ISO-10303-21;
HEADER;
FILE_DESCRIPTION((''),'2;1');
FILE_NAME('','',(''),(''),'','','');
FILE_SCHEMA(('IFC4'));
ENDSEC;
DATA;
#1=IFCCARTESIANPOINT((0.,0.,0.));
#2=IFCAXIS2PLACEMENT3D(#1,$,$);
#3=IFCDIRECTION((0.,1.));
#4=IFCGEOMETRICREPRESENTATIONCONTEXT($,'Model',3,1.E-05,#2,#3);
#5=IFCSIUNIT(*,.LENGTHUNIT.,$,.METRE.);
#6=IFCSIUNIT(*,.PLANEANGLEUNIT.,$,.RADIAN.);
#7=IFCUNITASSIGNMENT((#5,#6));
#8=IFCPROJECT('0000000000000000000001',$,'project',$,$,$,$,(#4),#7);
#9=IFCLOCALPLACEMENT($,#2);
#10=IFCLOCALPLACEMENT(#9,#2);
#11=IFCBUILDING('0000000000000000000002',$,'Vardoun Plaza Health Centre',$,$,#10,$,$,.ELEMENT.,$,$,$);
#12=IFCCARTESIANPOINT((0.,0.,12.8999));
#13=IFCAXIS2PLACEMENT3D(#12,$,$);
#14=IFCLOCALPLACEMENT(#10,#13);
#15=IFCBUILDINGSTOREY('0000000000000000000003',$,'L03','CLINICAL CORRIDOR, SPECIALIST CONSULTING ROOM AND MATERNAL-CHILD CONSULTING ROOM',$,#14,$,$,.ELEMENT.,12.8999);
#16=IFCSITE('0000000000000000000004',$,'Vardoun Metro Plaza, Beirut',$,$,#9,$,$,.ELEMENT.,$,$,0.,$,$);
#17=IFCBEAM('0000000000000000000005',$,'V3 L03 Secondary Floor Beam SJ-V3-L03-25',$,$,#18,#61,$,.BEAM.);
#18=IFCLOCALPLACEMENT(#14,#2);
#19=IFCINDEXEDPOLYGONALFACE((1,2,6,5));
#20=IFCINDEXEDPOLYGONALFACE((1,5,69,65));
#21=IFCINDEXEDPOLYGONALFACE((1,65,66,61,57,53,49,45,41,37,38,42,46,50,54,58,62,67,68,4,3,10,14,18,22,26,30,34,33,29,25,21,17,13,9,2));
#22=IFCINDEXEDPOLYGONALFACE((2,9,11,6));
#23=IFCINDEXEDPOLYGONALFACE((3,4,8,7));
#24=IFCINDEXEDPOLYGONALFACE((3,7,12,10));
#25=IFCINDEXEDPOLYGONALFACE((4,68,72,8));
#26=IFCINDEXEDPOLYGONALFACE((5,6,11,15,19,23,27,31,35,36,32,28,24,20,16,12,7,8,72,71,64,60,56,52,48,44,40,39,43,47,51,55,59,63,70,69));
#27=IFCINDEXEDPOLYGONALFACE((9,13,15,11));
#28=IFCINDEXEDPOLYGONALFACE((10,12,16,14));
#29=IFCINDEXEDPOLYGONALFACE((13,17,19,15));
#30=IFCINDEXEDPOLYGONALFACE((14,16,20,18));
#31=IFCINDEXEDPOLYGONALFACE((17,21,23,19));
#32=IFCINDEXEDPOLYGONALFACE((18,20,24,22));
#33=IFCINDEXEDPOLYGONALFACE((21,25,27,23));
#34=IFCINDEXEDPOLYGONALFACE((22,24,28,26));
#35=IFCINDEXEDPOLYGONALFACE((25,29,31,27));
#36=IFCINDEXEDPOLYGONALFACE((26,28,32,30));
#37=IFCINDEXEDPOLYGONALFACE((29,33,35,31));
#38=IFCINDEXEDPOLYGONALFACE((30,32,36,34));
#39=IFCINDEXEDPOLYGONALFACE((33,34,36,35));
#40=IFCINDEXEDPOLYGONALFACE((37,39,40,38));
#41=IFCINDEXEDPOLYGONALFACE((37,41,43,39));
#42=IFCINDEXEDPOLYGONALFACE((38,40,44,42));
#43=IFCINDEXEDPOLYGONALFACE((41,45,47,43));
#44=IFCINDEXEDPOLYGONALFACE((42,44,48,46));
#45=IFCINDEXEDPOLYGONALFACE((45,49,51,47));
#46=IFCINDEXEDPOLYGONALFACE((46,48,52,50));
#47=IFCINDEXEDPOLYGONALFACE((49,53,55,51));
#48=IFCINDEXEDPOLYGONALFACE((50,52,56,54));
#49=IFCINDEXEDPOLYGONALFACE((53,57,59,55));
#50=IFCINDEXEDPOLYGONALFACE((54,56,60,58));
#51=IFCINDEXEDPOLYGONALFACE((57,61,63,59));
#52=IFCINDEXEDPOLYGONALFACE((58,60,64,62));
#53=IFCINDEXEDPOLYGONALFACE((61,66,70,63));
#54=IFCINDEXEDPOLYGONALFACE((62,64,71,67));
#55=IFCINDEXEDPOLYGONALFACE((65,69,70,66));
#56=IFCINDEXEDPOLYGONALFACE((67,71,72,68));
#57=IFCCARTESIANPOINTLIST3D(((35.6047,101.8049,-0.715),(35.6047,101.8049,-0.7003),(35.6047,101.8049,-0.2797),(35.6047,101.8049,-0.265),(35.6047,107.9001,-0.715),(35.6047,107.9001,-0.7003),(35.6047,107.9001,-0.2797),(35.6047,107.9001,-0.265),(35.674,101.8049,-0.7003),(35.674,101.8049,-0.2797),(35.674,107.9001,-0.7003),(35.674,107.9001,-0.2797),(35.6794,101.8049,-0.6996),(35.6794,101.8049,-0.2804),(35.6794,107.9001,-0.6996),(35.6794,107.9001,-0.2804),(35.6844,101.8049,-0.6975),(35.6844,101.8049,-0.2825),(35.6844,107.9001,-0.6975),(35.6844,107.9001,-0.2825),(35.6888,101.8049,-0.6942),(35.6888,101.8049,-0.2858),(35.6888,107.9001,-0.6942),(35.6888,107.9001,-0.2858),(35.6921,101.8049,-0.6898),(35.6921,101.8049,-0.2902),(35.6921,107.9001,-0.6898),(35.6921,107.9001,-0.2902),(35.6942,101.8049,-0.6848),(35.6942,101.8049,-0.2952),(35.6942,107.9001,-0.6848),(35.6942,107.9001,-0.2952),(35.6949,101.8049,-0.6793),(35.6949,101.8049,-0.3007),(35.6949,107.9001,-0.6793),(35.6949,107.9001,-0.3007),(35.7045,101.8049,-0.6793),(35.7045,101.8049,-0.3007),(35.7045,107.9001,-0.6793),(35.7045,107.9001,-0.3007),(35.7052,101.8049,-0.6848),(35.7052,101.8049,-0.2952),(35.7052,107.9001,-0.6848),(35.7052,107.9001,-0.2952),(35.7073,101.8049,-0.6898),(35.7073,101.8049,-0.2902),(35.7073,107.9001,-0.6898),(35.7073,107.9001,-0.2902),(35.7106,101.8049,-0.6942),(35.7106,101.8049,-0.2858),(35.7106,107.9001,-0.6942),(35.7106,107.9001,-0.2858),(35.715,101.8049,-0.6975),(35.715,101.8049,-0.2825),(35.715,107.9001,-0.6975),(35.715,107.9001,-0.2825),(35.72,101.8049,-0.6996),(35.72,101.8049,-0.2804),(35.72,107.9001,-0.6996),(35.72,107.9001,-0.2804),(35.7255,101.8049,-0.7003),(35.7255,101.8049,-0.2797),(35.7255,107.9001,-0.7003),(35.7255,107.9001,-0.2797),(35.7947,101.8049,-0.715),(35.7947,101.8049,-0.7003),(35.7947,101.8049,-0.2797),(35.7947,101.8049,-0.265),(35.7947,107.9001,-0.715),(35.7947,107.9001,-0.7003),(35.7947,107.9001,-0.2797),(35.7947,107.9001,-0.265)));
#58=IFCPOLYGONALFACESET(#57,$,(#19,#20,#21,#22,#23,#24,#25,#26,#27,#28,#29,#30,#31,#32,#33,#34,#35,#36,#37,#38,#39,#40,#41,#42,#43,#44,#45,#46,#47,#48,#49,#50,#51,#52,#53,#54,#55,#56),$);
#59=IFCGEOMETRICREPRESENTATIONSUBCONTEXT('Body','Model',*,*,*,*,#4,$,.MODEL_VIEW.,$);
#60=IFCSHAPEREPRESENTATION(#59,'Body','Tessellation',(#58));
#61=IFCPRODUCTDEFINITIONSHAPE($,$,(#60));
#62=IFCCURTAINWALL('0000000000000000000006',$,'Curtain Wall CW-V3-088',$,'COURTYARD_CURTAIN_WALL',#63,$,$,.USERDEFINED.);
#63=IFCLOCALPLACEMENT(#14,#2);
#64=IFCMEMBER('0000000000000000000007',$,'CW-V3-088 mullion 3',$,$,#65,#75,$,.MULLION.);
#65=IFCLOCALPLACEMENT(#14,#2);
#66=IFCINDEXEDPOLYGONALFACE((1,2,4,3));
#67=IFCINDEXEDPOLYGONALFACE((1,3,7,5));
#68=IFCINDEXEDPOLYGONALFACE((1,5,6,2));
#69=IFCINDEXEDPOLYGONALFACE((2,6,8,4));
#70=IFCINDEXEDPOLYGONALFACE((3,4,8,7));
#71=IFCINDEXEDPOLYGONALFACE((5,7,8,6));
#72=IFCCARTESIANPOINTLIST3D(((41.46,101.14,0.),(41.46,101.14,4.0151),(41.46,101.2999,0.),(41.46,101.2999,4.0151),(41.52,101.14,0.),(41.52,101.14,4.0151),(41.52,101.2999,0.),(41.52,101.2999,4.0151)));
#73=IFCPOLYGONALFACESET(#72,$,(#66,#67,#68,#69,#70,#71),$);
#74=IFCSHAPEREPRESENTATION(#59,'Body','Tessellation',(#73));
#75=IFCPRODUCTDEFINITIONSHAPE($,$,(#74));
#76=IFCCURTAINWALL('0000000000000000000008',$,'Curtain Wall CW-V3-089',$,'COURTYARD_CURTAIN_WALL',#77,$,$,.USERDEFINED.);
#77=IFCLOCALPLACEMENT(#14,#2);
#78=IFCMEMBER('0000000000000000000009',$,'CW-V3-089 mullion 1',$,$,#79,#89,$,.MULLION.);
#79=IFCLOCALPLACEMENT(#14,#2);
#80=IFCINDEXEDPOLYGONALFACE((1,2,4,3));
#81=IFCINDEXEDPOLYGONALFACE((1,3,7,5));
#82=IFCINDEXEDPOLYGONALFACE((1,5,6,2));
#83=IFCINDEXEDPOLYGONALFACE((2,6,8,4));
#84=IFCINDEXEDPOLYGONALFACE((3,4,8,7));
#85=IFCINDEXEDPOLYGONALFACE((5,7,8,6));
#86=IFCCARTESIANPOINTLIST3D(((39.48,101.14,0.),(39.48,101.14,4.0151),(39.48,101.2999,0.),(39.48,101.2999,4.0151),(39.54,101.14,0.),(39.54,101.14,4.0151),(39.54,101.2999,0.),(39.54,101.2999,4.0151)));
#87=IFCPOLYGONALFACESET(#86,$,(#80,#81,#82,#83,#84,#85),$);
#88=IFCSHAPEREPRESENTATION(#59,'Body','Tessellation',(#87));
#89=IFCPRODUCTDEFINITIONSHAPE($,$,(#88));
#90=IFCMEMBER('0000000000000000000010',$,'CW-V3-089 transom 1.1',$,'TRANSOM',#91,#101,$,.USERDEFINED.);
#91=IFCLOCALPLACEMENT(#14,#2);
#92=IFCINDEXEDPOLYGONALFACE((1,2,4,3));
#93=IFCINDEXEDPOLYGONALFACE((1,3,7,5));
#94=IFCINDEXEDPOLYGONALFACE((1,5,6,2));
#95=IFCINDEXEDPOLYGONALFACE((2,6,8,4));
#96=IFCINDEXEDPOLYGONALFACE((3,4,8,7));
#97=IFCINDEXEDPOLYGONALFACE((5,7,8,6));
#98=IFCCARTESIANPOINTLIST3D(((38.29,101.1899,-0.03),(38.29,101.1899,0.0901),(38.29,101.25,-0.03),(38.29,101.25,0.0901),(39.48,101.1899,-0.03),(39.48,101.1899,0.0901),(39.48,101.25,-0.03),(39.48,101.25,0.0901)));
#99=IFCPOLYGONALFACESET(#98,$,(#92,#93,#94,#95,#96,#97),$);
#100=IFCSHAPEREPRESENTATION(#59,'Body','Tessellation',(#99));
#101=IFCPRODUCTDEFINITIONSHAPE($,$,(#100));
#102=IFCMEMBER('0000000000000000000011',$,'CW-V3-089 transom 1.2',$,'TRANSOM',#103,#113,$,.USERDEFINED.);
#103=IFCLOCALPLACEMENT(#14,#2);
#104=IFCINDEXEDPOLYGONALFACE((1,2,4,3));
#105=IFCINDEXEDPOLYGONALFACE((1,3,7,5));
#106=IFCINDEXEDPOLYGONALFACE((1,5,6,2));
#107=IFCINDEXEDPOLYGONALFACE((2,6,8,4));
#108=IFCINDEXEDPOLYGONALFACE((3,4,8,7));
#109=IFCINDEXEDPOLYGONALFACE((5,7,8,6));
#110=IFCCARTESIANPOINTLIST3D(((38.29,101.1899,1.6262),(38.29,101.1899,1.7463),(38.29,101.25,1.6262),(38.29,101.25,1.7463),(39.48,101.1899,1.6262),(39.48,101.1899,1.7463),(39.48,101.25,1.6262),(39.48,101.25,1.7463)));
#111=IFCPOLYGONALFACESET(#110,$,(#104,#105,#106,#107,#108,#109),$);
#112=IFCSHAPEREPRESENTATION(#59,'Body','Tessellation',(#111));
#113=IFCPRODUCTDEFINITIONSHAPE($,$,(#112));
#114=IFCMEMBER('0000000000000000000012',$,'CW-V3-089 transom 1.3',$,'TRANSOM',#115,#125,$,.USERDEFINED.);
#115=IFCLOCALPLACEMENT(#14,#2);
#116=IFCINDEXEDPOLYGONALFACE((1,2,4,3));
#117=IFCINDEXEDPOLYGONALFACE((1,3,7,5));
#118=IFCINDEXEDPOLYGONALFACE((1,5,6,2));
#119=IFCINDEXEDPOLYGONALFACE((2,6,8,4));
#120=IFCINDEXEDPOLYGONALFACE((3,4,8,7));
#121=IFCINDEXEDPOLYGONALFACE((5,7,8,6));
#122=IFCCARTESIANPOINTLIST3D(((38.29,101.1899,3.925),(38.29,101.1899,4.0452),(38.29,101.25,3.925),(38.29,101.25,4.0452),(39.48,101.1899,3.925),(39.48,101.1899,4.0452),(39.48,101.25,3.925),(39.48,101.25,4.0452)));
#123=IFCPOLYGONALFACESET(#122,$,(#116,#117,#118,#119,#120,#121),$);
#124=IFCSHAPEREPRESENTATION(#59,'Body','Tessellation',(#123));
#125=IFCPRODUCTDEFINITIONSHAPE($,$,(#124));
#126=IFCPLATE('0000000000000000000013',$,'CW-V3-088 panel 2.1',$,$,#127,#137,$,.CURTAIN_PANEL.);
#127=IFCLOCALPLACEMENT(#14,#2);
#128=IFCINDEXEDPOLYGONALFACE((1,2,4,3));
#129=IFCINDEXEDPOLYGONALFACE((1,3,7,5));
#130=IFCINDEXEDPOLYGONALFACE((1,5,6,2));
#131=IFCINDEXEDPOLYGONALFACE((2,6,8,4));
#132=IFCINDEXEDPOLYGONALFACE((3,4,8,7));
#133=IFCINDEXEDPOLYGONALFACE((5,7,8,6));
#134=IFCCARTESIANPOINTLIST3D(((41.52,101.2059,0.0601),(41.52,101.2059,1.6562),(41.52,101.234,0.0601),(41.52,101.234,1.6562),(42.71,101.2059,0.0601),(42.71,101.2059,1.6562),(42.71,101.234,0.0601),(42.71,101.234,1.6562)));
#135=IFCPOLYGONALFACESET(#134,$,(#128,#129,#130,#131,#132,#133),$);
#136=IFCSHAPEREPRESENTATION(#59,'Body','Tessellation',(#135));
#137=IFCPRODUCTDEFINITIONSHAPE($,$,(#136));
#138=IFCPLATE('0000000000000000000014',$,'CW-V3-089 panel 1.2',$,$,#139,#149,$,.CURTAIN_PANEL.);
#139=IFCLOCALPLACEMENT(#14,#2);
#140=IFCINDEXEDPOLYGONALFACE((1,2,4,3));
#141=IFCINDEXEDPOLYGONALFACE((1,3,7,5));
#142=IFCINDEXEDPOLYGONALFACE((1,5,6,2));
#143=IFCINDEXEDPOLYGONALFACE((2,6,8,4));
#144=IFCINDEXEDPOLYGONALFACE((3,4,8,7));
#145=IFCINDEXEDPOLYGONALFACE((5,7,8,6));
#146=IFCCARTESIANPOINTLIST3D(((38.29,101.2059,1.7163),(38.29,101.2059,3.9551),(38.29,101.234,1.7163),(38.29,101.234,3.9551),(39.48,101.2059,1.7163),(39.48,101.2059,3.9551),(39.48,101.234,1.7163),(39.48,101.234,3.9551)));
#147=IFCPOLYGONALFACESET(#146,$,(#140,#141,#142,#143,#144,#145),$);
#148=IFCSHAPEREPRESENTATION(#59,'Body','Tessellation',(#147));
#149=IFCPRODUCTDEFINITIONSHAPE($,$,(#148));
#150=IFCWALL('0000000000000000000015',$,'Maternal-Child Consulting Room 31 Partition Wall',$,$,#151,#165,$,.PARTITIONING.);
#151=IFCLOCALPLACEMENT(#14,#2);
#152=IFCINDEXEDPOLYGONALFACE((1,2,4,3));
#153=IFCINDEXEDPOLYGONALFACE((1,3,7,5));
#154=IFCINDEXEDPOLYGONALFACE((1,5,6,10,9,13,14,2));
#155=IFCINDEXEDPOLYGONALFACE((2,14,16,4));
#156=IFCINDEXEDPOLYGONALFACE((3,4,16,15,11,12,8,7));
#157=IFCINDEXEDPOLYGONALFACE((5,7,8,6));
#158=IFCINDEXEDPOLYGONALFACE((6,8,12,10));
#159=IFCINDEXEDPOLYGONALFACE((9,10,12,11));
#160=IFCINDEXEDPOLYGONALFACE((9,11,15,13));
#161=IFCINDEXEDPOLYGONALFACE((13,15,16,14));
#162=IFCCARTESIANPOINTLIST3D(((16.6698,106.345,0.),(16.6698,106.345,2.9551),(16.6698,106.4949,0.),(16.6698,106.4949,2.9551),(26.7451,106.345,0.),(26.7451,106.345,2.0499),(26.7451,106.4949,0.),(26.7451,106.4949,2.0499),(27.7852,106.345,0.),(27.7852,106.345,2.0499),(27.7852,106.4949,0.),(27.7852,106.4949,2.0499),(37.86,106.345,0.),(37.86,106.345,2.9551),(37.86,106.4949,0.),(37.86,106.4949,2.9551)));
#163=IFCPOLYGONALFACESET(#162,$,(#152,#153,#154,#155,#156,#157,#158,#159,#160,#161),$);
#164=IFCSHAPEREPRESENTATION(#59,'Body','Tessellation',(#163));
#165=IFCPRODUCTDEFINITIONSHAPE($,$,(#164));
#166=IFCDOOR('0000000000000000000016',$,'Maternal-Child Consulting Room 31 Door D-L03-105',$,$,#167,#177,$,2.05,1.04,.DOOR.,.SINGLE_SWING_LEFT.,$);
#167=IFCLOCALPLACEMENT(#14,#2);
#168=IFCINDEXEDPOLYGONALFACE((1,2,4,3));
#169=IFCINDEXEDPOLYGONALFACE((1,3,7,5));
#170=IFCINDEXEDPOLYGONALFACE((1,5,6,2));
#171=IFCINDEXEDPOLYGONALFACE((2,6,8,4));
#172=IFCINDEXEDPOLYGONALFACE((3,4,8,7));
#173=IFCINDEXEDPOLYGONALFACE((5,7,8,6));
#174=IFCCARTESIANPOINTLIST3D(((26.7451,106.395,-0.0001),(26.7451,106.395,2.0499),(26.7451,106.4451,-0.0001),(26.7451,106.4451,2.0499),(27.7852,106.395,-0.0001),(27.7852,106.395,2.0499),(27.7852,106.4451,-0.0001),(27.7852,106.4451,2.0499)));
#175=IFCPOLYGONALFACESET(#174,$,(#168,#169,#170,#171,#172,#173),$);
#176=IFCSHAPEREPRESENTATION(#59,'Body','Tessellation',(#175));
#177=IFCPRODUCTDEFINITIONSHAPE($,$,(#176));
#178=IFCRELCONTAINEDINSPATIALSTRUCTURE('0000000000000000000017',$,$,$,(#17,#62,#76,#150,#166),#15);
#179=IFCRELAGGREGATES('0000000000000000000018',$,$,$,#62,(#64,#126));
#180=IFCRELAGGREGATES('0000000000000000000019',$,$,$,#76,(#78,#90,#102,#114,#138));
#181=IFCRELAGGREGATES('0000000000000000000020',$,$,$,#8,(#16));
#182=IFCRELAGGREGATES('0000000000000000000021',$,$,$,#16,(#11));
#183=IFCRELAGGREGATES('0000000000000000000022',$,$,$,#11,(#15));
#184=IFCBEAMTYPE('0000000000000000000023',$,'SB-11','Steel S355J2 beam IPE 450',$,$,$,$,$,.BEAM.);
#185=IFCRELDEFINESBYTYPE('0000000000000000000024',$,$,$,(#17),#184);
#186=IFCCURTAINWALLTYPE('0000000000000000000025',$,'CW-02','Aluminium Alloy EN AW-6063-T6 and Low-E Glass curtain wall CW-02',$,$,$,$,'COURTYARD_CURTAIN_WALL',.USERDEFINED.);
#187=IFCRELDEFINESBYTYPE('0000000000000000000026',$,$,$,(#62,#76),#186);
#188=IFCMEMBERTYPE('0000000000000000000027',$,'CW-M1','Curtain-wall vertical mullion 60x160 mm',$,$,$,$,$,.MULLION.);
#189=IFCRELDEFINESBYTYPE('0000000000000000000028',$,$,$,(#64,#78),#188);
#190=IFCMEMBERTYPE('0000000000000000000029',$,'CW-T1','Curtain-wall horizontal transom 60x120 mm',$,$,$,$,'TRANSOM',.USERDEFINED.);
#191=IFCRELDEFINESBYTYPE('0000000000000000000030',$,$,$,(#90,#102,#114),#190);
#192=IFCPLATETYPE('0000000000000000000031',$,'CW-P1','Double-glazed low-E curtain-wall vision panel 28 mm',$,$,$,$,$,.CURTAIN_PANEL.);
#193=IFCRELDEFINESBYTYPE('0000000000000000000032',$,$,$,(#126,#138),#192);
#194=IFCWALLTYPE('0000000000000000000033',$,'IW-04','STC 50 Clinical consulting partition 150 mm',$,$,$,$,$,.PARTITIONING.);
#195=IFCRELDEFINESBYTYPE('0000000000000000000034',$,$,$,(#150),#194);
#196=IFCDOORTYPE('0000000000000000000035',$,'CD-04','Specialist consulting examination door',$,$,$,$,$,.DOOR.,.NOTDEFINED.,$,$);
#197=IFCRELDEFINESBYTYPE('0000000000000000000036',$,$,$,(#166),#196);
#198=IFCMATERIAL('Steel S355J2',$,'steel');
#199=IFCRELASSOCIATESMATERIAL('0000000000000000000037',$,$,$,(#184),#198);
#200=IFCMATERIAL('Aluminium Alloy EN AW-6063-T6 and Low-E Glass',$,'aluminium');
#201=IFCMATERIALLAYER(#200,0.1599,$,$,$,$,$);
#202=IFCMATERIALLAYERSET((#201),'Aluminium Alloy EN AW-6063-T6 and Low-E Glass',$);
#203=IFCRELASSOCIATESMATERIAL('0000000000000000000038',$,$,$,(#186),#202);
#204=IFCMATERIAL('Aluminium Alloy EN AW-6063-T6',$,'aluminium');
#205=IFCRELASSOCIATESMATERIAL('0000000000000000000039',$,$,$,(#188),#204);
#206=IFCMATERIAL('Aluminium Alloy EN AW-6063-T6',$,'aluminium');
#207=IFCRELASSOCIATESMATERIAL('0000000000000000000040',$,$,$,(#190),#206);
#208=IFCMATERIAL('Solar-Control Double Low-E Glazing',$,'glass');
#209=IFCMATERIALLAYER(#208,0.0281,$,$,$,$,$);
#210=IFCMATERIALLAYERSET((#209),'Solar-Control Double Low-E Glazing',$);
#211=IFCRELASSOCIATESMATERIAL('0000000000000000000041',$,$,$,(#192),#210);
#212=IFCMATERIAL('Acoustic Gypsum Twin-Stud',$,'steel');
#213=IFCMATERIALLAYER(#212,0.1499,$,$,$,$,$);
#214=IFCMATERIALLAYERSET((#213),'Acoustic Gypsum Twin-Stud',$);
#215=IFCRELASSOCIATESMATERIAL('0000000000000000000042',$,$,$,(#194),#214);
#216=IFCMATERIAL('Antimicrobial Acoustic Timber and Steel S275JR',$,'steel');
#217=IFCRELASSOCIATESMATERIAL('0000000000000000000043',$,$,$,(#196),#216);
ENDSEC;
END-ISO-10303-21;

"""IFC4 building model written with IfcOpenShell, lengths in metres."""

from ifc_helpers import new_model, si_unit, direction, frame, frame_2d, origin, origin_2d, place, context, subcontext, project, spatial, rectangle, i_section, extrude, material, layer, layer_set, material_profile, profile_set, type_object, element, fill, aggregate, save


model = new_model("IFC4")

# Units and contexts
model_context = context("Model", 3, precision=1e-05, world=origin(), true_north=direction((0.0, 1.0)))
body_context = subcontext(model_context, "Body", "Model", "MODEL_VIEW")
ifc_project = project(units=[si_unit("LENGTHUNIT", "METRE"), si_unit("PLANEANGLEUNIT", "RADIAN")], contexts=[model_context])

# Site, building, storey
site_placement = place(None, origin())
site = spatial("IfcSite", under=ifc_project, at=site_placement, Name="Vardoun Metro Plaza, Beirut", CompositionType="ELEMENT", RefElevation=0.0)
building_placement = place(site_placement, origin())
building = spatial("IfcBuilding", under=site, at=building_placement, Name="Vardoun Plaza Health Centre", CompositionType="ELEMENT")
storey_placement = place(building_placement, frame((0.0, 0.0, 12.8999)))
storey = spatial("IfcBuildingStorey", under=building, at=storey_placement, Name="L03", Description="CLINICAL CORRIDOR, SPECIALIST CONSULTING ROOM AND MATERNAL-CHILD CONSULTING ROOM", CompositionType="ELEMENT", Elevation=12.8999)

# Beam
ifc_material_1 = material(Name="Steel S355J2", Category="steel")
ifc_material_profile_1 = material_profile(ifc_material_1, i_section(OverallWidth=0.1899, OverallDepth=0.45, WebThickness=0.0095, FlangeThickness=0.0146, FilletRadius=0.021, at=origin_2d()), Name="IPE 450")
ifc_profile_set_1 = profile_set([ifc_material_profile_1], Name="Steel S355J2")
beam_type_1 = type_object("IfcBeamType", Name="SB-11", Description="Steel S355J2 beam IPE 450", PredefinedType="BEAM", material=ifc_profile_set_1)
beam_1_placement = place(storey_placement, frame((35.6997, 101.8049, -0.49), z_axis=(0.0, 1.0, 0.0), x_axis=(-1.0, 0.0, 0.0)))
element("IfcBeam", 1, at=beam_1_placement, inside=storey, type_object=beam_type_1, Name="V3 L03 Secondary Floor Beam SJ-V3-L03-25", PredefinedType="BEAM", context=body_context, shape_type="SweptSolid", body=[
    extrude(i_section(OverallWidth=0.1899, OverallDepth=0.45, WebThickness=0.0095, FlangeThickness=0.0146, FilletRadius=0.021, at=origin_2d()), origin(), (0.0, 0.0, 1.0), 6.0952),
])

# Curtain wall, member
ifc_material_2 = material(Name="Aluminium Alloy EN AW-6063-T6 and Low-E Glass", Category="aluminium")
ifc_layer_1 = layer(ifc_material_2, 0.1599)
ifc_layer_set_1 = layer_set([ifc_layer_1], Name="Aluminium Alloy EN AW-6063-T6 and Low-E Glass")
curtain_wall_type = type_object("IfcCurtainWallType", Name="CW-02", Description="Aluminium Alloy EN AW-6063-T6 and Low-E Glass curtain wall CW-02", ElementType="COURTYARD_CURTAIN_WALL", PredefinedType="USERDEFINED", material=ifc_layer_set_1)
curtain_wall_1_placement = place(storey_placement, origin())
curtain_wall_1 = element("IfcCurtainWall", 2, at=curtain_wall_1_placement, inside=storey, type_object=curtain_wall_type, Name="Curtain Wall CW-V3-088", ObjectType="COURTYARD_CURTAIN_WALL", PredefinedType="USERDEFINED")
ifc_material_3 = material(Name="Aluminium Alloy EN AW-6063-T6", Category="aluminium")
ifc_material_profile_2 = material_profile(ifc_material_3, rectangle(XDim=0.1599, YDim=0.0601, at=origin_2d()), Name="CWM 60x160")
ifc_profile_set_2 = profile_set([ifc_material_profile_2], Name="Aluminium Alloy EN AW-6063-T6")
member_type_1 = type_object("IfcMemberType", Name="CW-M1", Description="Curtain-wall vertical mullion 60x160 mm", PredefinedType="MULLION", material=ifc_profile_set_2)
member_1_placement = place(storey_placement, frame((41.49, 101.22, 0.0), z_axis=(0.0, 0.0, 1.0), x_axis=(0.0, -1.0, 0.0)))
member_1 = element("IfcMember", 3, at=member_1_placement, type_object=member_type_1, Name="CW-V3-088 mullion 3", PredefinedType="MULLION", context=body_context, shape_type="SweptSolid", body=[
    extrude(rectangle(XDim=0.1599, YDim=0.0601, at=origin_2d()), origin(), (0.0, 0.0, 1.0), 4.0151),
])

# Curtain wall, members
curtain_wall_2_placement = place(storey_placement, origin())
curtain_wall_2 = element("IfcCurtainWall", 4, at=curtain_wall_2_placement, inside=storey, type_object=curtain_wall_type, Name="Curtain Wall CW-V3-089", ObjectType="COURTYARD_CURTAIN_WALL", PredefinedType="USERDEFINED")
member_2_placement = place(storey_placement, frame((39.51, 101.22, 0.0), z_axis=(0.0, 0.0, 1.0), x_axis=(0.0, -1.0, 0.0)))
member_2 = element("IfcMember", 5, at=member_2_placement, type_object=member_type_1, Name="CW-V3-089 mullion 1", PredefinedType="MULLION", context=body_context, shape_type="SweptSolid", body=[
    extrude(rectangle(XDim=0.1599, YDim=0.0601, at=origin_2d()), origin(), (0.0, 0.0, 1.0), 4.0151),
])
ifc_material_4 = material(Name="Aluminium Alloy EN AW-6063-T6", Category="aluminium")
ifc_material_profile_3 = material_profile(ifc_material_4, rectangle(XDim=0.0601, YDim=0.1201, at=origin_2d()), Name="CWT 60x120")
ifc_profile_set_3 = profile_set([ifc_material_profile_3], Name="Aluminium Alloy EN AW-6063-T6")
member_type_2 = type_object("IfcMemberType", Name="CW-T1", Description="Curtain-wall horizontal transom 60x120 mm", ElementType="TRANSOM", PredefinedType="USERDEFINED", material=ifc_profile_set_3)
member_3_placement = place(storey_placement, frame((39.48, 101.22, 0.03), z_axis=(-1.0, 0.0, 0.0), x_axis=(0.0, -1.0, 0.0)))
member_3 = element("IfcMember", 6, at=member_3_placement, type_object=member_type_2, Name="CW-V3-089 transom 1.1", ObjectType="TRANSOM", PredefinedType="USERDEFINED", context=body_context, shape_type="SweptSolid", body=[
    extrude(rectangle(XDim=0.0601, YDim=0.1201, at=origin_2d()), origin(), (0.0, 0.0, 1.0), 1.1899),
])
member_4_placement = place(storey_placement, frame((39.48, 101.22, 1.6863), z_axis=(-1.0, 0.0, 0.0), x_axis=(0.0, -1.0, 0.0)))
member_4 = element("IfcMember", 7, at=member_4_placement, type_object=member_type_2, Name="CW-V3-089 transom 1.2", ObjectType="TRANSOM", PredefinedType="USERDEFINED", context=body_context, shape_type="SweptSolid", body=[
    extrude(rectangle(XDim=0.0601, YDim=0.1201, at=origin_2d()), origin(), (0.0, 0.0, 1.0), 1.1899),
])
member_5_placement = place(storey_placement, frame((39.48, 101.22, 3.9851), z_axis=(-1.0, 0.0, 0.0), x_axis=(0.0, -1.0, 0.0)))
member_5 = element("IfcMember", 8, at=member_5_placement, type_object=member_type_2, Name="CW-V3-089 transom 1.3", ObjectType="TRANSOM", PredefinedType="USERDEFINED", context=body_context, shape_type="SweptSolid", body=[
    extrude(rectangle(XDim=0.0601, YDim=0.1201, at=origin_2d()), origin(), (0.0, 0.0, 1.0), 1.1899),
])

# Plates
ifc_material_5 = material(Name="Solar-Control Double Low-E Glazing", Category="glass")
ifc_layer_2 = layer(ifc_material_5, 0.0281)
ifc_layer_set_2 = layer_set([ifc_layer_2], Name="Solar-Control Double Low-E Glazing")
plate_type = type_object("IfcPlateType", Name="CW-P1", Description="Double-glazed low-E curtain-wall vision panel 28 mm", PredefinedType="CURTAIN_PANEL", material=ifc_layer_set_2)
plate_1_placement = place(storey_placement, frame((42.115, 101.22, 0.0601), z_axis=(0.0, 0.0, 1.0), x_axis=(-1.0, 0.0, 0.0)))
plate_1 = element("IfcPlate", 9, at=plate_1_placement, type_object=plate_type, Name="CW-V3-088 panel 2.1", PredefinedType="CURTAIN_PANEL", context=body_context, shape_type="SweptSolid", body=[
    extrude(rectangle(XDim=1.1899, YDim=0.0281, at=origin_2d()), origin(), (0.0, 0.0, 1.0), 1.5962),
])
aggregate(curtain_wall_1, [member_1, plate_1])
plate_2_placement = place(storey_placement, frame((38.885, 101.22, 1.7163), z_axis=(0.0, 0.0, 1.0), x_axis=(-1.0, 0.0, 0.0)))
plate_2 = element("IfcPlate", 10, at=plate_2_placement, type_object=plate_type, Name="CW-V3-089 panel 1.2", PredefinedType="CURTAIN_PANEL", context=body_context, shape_type="SweptSolid", body=[
    extrude(rectangle(XDim=1.1899, YDim=0.0281, at=origin_2d()), origin(), (0.0, 0.0, 1.0), 2.2388),
])
aggregate(curtain_wall_2, [member_2, member_3, member_4, member_5, plate_2])

# Wall, opening, door
ifc_material_6 = material(Name="Acoustic Gypsum Twin-Stud", Category="steel")
ifc_layer_3 = layer(ifc_material_6, 0.1499)
ifc_layer_set_3 = layer_set([ifc_layer_3], Name="Acoustic Gypsum Twin-Stud")
wall_type = type_object("IfcWallType", Name="IW-04", Description="STC 50 Clinical consulting partition 150 mm", PredefinedType="PARTITIONING", material=ifc_layer_set_3)
wall_placement = place(storey_placement, frame((37.8601, 106.4199, 0.0), z_axis=(0.0, 0.0, 1.0), x_axis=(-1.0, 0.0, 0.0)))
wall = element("IfcWall", 11, at=wall_placement, inside=storey, type_object=wall_type, Name="Maternal-Child Consulting Room 31 Partition Wall", PredefinedType="PARTITIONING", context=body_context, shape_type="SweptSolid", body=[
    extrude(rectangle(XDim=21.1902, YDim=0.1499, at=frame_2d((10.5952, 0.0))), origin(), (0.0, 0.0, 1.0), 2.9551),
])
opening_placement = place(wall_placement, frame((10.075, 0.0, 0.0)))
opening = element("IfcOpeningElement", 12, at=opening_placement, cuts=wall, PredefinedType="OPENING", context=body_context, shape_type="SweptSolid", body=[
    extrude(rectangle(XDim=1.04, YDim=2.05, at=frame_2d((0.52, 1.0249))), frame((0.0, 0.075, 0.0), z_axis=(0.0, -1.0, 0.0), x_axis=(1.0, 0.0, 0.0)), (0.0, 0.0, 1.0), 0.1499),
])
ifc_material_7 = material(Name="Antimicrobial Acoustic Timber and Steel S275JR", Category="steel")
door_type = type_object("IfcDoorType", Name="CD-04", Description="Specialist consulting examination door", OperationType="NOTDEFINED", PredefinedType="DOOR", material=ifc_material_7)
door_placement = place(opening_placement, origin())
door = element("IfcDoor", 13, at=door_placement, inside=storey, type_object=door_type, Name="Maternal-Child Consulting Room 31 Door D-L03-105", OperationType="SINGLE_SWING_LEFT", OverallHeight=2.05, OverallWidth=1.04, PredefinedType="DOOR", context=body_context, shape_type="SweptSolid", body=[
    extrude(rectangle(XDim=1.04, YDim=2.05, at=frame_2d((0.52, 1.0249))), frame((0.0, 0.0249, 0.0), z_axis=(0.0, -1.0, 0.0), x_axis=(1.0, 0.0, 0.0)), (0.0, 0.0, 1.0), 0.05),
])
fill(opening, door)

save(model, "model.ifc")
